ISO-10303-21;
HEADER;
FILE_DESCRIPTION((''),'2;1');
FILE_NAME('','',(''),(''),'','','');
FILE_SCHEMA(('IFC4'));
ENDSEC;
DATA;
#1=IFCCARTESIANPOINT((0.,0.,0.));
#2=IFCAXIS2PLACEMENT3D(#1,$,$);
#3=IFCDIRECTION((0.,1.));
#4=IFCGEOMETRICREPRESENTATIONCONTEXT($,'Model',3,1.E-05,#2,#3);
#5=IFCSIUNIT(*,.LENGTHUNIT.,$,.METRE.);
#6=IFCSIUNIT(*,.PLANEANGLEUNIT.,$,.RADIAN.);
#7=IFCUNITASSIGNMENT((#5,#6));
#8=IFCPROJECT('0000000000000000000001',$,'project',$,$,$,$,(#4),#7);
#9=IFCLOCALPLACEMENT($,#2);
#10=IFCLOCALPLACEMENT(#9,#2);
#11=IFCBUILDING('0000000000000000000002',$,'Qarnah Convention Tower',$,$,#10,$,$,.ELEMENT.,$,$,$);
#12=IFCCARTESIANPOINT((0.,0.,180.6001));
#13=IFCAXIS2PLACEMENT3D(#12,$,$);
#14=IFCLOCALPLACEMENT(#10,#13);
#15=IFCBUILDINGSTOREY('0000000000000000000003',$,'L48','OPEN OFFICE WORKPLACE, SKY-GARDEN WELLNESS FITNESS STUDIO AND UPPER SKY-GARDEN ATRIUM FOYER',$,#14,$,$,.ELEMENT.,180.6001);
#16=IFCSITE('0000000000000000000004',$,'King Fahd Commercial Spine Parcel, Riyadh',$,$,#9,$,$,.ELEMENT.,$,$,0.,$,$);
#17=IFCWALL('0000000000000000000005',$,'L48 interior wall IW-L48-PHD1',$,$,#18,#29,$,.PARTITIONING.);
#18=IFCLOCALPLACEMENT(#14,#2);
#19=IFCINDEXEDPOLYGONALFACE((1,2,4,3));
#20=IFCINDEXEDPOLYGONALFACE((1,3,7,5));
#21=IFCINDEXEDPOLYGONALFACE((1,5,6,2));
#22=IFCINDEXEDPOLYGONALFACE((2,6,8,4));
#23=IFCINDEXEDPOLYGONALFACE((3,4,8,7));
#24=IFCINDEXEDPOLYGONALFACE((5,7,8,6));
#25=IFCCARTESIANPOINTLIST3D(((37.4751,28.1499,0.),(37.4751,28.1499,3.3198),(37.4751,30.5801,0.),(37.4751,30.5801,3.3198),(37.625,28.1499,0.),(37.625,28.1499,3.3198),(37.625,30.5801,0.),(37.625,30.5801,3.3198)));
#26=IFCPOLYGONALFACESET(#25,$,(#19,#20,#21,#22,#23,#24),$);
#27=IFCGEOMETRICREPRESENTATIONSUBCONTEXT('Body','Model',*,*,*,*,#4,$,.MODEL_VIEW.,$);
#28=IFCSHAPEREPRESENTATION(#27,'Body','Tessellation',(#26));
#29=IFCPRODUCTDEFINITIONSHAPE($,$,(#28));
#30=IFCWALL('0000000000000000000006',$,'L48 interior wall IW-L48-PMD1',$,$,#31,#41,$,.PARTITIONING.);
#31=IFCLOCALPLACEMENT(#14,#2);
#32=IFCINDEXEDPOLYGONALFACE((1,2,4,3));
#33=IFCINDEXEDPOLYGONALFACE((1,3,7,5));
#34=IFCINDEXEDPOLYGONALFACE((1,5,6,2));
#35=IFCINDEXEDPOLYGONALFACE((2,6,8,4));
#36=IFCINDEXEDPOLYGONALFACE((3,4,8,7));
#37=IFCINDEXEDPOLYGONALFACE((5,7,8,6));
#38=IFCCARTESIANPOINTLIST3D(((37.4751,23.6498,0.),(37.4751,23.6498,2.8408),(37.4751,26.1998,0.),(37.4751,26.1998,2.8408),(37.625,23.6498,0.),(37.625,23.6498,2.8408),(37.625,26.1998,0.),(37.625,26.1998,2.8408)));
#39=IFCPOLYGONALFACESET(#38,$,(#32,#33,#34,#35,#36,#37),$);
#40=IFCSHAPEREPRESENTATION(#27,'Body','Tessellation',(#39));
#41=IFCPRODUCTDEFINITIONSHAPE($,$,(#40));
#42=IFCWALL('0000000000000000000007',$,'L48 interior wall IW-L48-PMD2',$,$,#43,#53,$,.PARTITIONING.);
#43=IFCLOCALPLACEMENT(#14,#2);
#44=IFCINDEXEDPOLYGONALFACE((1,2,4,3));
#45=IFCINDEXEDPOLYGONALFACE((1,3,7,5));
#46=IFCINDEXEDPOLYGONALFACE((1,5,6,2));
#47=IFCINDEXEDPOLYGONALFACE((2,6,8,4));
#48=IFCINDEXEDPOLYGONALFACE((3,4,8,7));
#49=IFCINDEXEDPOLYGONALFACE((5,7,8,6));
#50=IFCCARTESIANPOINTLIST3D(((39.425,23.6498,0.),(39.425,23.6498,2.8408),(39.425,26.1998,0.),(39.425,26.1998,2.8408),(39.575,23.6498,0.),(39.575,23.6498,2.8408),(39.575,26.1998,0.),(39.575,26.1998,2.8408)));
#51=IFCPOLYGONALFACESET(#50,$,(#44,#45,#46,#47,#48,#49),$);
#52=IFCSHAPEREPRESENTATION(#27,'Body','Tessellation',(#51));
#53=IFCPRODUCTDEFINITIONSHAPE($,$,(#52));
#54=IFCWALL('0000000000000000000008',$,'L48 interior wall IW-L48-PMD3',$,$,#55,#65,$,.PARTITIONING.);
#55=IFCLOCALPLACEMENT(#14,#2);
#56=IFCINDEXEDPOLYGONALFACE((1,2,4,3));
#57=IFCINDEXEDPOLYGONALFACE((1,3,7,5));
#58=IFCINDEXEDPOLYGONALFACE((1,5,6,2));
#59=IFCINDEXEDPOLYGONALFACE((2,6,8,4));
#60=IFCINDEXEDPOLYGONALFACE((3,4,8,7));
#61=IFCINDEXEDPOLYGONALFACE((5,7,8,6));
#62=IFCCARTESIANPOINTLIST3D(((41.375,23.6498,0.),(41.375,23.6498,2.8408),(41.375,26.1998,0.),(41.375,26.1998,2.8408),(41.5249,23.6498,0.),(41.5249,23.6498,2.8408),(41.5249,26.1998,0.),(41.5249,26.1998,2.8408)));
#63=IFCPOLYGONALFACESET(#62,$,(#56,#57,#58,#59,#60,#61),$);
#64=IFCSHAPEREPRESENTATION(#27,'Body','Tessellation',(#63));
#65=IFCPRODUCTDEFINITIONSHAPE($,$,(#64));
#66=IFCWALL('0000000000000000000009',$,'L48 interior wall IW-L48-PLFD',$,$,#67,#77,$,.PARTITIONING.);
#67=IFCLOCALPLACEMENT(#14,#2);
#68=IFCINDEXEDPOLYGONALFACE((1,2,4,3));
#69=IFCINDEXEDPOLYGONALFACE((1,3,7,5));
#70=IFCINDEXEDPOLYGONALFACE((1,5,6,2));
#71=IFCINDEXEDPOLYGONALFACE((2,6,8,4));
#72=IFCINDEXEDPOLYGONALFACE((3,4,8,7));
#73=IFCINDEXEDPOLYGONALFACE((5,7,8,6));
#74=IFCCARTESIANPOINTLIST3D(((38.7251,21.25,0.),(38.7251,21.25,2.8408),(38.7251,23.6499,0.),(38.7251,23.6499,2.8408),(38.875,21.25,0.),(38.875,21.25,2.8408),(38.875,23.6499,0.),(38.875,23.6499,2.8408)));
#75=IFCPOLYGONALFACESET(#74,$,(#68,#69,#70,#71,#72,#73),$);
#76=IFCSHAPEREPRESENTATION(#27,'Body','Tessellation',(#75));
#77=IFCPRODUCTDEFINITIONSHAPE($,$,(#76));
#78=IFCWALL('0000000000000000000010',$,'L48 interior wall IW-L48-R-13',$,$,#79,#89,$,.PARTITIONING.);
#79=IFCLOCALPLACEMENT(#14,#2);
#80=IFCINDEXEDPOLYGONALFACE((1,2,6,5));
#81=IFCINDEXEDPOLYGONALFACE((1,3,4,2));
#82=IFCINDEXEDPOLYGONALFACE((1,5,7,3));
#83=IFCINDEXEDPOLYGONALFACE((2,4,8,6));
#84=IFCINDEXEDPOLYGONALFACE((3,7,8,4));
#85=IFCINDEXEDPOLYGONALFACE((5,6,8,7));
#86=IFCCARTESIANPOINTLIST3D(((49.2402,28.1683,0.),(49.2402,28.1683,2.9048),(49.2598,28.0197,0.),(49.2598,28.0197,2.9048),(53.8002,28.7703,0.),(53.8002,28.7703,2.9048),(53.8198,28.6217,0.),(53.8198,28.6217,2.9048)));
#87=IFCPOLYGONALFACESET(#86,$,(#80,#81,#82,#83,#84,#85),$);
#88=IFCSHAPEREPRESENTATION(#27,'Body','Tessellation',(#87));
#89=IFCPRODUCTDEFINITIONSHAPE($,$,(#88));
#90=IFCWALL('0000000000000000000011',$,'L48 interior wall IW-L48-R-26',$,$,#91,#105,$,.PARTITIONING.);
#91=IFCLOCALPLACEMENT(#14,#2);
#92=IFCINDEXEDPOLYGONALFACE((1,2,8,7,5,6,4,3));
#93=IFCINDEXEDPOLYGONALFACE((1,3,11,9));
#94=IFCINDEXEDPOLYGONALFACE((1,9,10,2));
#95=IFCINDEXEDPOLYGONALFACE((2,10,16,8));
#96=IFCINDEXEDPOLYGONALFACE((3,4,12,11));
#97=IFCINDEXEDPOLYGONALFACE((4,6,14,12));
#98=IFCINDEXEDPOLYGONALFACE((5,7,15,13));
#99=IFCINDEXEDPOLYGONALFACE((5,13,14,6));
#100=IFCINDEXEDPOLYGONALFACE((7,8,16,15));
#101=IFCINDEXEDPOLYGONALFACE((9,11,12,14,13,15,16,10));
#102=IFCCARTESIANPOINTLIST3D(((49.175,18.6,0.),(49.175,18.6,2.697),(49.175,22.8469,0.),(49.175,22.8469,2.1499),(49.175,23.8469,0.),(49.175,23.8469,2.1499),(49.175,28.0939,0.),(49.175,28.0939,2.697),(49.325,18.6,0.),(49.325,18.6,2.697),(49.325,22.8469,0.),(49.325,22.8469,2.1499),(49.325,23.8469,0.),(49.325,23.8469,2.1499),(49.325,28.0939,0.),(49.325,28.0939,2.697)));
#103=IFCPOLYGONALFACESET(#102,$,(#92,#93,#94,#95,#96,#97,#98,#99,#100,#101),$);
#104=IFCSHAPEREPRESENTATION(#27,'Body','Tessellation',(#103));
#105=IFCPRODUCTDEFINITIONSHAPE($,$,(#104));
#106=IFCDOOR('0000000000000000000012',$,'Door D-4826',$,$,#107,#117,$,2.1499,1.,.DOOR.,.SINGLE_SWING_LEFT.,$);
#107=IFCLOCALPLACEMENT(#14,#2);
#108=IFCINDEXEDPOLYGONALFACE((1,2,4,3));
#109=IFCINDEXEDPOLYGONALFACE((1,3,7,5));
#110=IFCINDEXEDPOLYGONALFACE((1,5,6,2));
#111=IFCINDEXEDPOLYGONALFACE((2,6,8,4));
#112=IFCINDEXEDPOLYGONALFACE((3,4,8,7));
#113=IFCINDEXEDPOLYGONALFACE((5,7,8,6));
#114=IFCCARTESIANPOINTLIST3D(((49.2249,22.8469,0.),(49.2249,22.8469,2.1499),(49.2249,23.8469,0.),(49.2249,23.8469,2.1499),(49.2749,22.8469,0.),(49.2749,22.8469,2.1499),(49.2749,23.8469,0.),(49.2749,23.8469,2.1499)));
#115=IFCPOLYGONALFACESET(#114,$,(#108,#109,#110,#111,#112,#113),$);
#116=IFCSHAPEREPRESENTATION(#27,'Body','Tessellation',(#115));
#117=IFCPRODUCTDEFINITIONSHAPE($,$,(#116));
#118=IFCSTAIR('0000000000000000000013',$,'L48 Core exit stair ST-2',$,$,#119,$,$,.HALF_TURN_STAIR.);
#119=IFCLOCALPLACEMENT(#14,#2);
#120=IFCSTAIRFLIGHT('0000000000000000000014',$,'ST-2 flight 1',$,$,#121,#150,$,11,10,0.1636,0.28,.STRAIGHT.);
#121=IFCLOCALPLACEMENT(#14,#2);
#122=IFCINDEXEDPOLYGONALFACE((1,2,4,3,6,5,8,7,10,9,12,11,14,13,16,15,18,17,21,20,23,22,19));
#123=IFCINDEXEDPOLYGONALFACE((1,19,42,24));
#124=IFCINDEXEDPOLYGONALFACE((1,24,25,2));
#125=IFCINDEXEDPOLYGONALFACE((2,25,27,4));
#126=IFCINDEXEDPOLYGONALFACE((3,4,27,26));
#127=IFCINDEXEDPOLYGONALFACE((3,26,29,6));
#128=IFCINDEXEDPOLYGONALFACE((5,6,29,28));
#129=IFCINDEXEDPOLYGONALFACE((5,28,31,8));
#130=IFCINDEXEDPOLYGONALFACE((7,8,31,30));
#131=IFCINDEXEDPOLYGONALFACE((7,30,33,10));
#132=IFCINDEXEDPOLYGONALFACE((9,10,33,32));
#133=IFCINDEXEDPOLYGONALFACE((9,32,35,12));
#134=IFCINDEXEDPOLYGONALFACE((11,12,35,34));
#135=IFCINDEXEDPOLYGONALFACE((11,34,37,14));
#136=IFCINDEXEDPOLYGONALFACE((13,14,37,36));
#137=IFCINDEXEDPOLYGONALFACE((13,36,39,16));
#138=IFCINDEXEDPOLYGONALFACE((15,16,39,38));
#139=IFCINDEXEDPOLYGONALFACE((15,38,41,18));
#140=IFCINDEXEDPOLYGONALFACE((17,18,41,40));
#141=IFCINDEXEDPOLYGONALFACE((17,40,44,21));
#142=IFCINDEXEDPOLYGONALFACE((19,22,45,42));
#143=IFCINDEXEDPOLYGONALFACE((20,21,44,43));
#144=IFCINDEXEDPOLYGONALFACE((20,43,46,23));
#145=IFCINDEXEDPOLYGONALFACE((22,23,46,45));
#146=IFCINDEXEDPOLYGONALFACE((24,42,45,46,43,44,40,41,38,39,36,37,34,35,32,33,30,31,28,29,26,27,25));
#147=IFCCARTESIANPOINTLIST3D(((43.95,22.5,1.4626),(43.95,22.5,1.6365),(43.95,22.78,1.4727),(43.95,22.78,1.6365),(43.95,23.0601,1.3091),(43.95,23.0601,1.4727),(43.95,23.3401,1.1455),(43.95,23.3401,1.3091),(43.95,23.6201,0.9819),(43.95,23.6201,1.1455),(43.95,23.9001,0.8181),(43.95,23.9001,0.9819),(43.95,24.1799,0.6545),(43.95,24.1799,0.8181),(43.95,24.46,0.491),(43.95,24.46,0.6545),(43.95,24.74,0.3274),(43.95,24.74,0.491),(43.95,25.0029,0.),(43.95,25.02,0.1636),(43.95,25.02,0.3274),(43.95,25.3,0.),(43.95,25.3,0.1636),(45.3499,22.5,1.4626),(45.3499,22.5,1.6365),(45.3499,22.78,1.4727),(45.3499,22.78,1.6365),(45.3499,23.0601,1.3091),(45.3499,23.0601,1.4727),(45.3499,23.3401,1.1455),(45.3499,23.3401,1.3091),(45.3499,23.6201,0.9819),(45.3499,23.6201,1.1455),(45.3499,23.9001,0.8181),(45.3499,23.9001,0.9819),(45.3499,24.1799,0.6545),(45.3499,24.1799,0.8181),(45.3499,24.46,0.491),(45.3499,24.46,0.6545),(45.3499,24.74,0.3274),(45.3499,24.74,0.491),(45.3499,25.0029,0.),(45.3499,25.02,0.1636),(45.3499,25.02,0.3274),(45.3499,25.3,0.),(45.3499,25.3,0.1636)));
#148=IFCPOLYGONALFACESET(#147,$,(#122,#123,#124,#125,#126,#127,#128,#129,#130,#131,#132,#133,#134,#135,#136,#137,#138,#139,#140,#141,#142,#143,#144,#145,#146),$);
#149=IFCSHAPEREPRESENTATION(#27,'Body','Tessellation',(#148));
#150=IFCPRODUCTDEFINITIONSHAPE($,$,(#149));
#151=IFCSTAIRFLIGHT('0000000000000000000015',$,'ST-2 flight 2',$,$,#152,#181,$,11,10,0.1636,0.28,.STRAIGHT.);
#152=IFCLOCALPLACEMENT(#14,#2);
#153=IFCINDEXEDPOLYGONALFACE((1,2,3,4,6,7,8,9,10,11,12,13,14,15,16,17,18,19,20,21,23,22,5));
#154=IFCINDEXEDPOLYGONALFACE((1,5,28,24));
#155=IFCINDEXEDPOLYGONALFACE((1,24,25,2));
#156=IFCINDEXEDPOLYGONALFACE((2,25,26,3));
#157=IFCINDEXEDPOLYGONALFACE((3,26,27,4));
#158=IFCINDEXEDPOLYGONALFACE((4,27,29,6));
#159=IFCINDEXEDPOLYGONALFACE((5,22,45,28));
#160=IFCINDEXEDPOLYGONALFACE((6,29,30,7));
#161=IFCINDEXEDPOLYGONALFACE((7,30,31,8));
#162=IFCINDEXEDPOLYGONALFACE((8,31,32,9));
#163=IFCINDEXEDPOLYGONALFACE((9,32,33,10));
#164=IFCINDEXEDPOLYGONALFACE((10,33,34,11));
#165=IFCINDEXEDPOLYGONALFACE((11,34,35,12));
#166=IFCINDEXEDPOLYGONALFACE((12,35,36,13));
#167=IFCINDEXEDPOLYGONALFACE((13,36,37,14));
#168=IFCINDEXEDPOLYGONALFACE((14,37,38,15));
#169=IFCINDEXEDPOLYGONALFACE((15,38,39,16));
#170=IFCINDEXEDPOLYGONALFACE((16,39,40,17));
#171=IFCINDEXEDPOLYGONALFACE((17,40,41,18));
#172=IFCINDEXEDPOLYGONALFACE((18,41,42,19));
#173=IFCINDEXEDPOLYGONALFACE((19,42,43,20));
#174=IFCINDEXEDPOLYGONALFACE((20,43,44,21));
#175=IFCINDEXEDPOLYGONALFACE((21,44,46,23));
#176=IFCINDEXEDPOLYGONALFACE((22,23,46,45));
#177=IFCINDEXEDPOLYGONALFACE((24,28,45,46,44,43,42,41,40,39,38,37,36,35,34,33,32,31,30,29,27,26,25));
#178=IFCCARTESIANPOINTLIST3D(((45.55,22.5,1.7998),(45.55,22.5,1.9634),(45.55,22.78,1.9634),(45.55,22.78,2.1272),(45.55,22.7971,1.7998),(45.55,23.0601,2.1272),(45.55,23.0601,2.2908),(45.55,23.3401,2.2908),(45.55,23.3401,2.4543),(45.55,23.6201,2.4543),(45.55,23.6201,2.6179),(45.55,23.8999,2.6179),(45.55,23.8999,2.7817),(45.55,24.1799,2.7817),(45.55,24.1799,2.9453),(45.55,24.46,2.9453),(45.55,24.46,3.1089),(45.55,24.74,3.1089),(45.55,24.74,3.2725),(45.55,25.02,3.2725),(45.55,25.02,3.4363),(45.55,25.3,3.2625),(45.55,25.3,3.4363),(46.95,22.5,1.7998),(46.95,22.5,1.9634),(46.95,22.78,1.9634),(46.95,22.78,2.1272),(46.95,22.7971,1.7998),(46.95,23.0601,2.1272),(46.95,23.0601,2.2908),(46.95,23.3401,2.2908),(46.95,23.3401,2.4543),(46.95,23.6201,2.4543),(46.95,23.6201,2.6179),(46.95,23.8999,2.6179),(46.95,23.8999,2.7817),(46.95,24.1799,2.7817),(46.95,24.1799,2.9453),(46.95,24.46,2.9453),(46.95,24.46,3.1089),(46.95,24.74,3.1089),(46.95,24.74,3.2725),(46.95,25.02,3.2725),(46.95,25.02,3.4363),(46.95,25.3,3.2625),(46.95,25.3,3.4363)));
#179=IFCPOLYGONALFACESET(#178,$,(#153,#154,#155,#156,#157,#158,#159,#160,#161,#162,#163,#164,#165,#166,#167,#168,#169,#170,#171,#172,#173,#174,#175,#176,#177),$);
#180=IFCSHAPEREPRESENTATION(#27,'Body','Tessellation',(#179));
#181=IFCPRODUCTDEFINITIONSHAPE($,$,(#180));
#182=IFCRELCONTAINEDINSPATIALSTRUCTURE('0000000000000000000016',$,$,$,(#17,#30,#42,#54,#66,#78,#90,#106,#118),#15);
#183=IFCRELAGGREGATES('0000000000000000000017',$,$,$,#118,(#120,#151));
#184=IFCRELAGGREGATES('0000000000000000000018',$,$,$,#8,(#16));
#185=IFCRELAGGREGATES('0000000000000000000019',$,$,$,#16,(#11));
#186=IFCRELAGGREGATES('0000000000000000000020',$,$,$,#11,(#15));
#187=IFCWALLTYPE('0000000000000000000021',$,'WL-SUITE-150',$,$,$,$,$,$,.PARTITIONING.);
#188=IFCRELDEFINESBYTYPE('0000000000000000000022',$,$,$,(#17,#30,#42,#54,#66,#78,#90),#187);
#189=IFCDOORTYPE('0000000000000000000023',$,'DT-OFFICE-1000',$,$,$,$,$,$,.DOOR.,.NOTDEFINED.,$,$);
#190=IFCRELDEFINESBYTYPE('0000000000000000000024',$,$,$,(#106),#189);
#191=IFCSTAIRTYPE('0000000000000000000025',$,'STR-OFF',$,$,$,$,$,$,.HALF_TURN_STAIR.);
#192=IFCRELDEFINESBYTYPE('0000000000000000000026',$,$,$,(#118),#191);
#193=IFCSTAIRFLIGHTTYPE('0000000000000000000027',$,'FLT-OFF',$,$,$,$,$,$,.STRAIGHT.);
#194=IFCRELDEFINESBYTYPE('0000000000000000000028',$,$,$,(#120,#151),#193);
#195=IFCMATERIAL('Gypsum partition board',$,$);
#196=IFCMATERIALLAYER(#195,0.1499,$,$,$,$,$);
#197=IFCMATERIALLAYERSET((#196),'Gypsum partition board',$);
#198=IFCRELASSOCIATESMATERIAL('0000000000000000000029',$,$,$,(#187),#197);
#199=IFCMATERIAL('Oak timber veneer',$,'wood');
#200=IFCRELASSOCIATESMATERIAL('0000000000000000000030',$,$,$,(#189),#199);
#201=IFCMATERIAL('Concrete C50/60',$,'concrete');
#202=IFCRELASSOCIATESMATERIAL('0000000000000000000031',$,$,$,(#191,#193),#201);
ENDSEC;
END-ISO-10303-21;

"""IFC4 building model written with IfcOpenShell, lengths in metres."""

from ifc_helpers import new_model, si_unit, direction, frame, frame_2d, origin, place, context, subcontext, project, spatial, polyline, rectangle, outline, extrude, material, layer, layer_set, type_object, element, fill, aggregate, save


model = new_model("IFC4")

# Units and contexts
model_context = context("Model", 3, precision=1e-05, world=origin(), true_north=direction((0.0, 1.0)))
body_context = subcontext(model_context, "Body", "Model", "MODEL_VIEW")
ifc_project = project(units=[si_unit("LENGTHUNIT", "METRE"), si_unit("PLANEANGLEUNIT", "RADIAN")], contexts=[model_context])

# Site, building, storey
site_placement = place(None, origin())
site = spatial("IfcSite", under=ifc_project, at=site_placement, Name="King Fahd Commercial Spine Parcel, Riyadh", CompositionType="ELEMENT", RefElevation=0.0)
building_placement = place(site_placement, origin())
building = spatial("IfcBuilding", under=site, at=building_placement, Name="Qarnah Convention Tower", CompositionType="ELEMENT")
storey_placement = place(building_placement, frame((0.0, 0.0, 180.6001)))
storey = spatial("IfcBuildingStorey", under=building, at=storey_placement, Name="L48", Description="OPEN OFFICE WORKPLACE, SKY-GARDEN WELLNESS FITNESS STUDIO AND UPPER SKY-GARDEN ATRIUM FOYER", CompositionType="ELEMENT", Elevation=180.6001)

# Shared definitions
ifc_material_1 = material(Name="Concrete C50/60", Category="concrete")

# Walls
ifc_material_2 = material(Name="Gypsum partition board")
ifc_layer_1 = layer(ifc_material_2, 0.1499)
ifc_layer_set_1 = layer_set([ifc_layer_1], Name="Gypsum partition board")
wall_type_1 = type_object("IfcWallType", Name="WL-SUITE-150", PredefinedType="PARTITIONING", material=ifc_layer_set_1)
wall_1_placement = place(storey_placement, frame((37.55, 28.1499, 0.0), z_axis=(0.0, 0.0, 1.0), x_axis=(0.0, 1.0, 0.0)))
element("IfcWall", 1, at=wall_1_placement, inside=storey, type_object=wall_type_1, Name="L48 interior wall IW-L48-PHD1", PredefinedType="PARTITIONING", context=body_context, shape_type="SweptSolid", body=[
    extrude(rectangle(XDim=2.4302, YDim=0.1499, at=frame_2d((1.2151, 0.0))), origin(), (0.0, 0.0, 1.0), 3.3198),
])
for number, where, z_axis, x_axis, name in (
    (2, (37.55, 23.6499, 0.0), (0.0, 0.0, 1.0), (0.0, 1.0, 0.0), "L48 interior wall IW-L48-PMD1"),
    (3, (39.5, 23.6499, 0.0), (0.0, 0.0, 1.0), (0.0, 1.0, 0.0), "L48 interior wall IW-L48-PMD2"),
    (4, (41.45, 23.6499, 0.0), (0.0, 0.0, 1.0), (0.0, 1.0, 0.0), "L48 interior wall IW-L48-PMD3"),
):
    element("IfcWall", number, at=place(storey_placement, frame(where, z_axis=z_axis, x_axis=x_axis)), inside=storey, type_object=wall_type_1, Name=name, PredefinedType="PARTITIONING", context=body_context, shape_type="SweptSolid", body=[
        extrude(rectangle(XDim=2.55, YDim=0.1499, at=frame_2d((1.2749, 0.0))), origin(), (0.0, 0.0, 1.0), 2.8408),
    ])
wall_2_placement = place(storey_placement, frame((38.8, 21.25, 0.0), z_axis=(0.0, 0.0, 1.0), x_axis=(0.0, 1.0, 0.0)))
element("IfcWall", 5, at=wall_2_placement, inside=storey, type_object=wall_type_1, Name="L48 interior wall IW-L48-PLFD", PredefinedType="PARTITIONING", context=body_context, shape_type="SweptSolid", body=[
    extrude(rectangle(XDim=2.3999, YDim=0.1499, at=frame_2d((1.2, 0.0))), origin(), (0.0, 0.0, 1.0), 2.8408),
])
wall_3_placement = place(storey_placement, frame((49.25, 28.094, 0.0), z_axis=(0.0, 0.0, 1.0), x_axis=(0.991397, 0.130891, 0.0)))
element("IfcWall", 6, at=wall_3_placement, inside=storey, type_object=wall_type_1, Name="L48 interior wall IW-L48-R-13", PredefinedType="PARTITIONING", context=body_context, shape_type="SweptSolid", body=[
    extrude(rectangle(XDim=4.5996, YDim=0.1499, at=frame_2d((2.2998, 0.0))), origin(), (0.0, 0.0, 1.0), 2.9048),
])

# Wall, opening, door
wall_4_placement = place(storey_placement, frame((49.25, 28.094, 0.0), z_axis=(0.0, 0.0, 1.0), x_axis=(0.0, -1.0, 0.0)))
wall_4 = element("IfcWall", 7, at=wall_4_placement, inside=storey, type_object=wall_type_1, Name="L48 interior wall IW-L48-R-26", PredefinedType="PARTITIONING", context=body_context, shape_type="SweptSolid", body=[
    extrude(rectangle(XDim=9.4939, YDim=0.1499, at=frame_2d((4.7471, 0.0))), origin(), (0.0, 0.0, 1.0), 2.697),
])
opening_placement = place(wall_4_placement, frame((4.2471, 0.0, 0.0)))
opening = element("IfcOpeningElement", 8, at=opening_placement, cuts=wall_4, PredefinedType="OPENING", context=body_context, shape_type="SweptSolid", body=[
    extrude(rectangle(XDim=1.0, YDim=2.1499, at=frame_2d((0.5, 1.075))), frame((0.0, 0.085, 0.0), z_axis=(0.0, -1.0, 0.0), x_axis=(1.0, 0.0, 0.0)), (0.0, 0.0, 1.0), 0.1699),
])
ifc_material_3 = material(Name="Oak timber veneer", Category="wood")
door_type = type_object("IfcDoorType", Name="DT-OFFICE-1000", OperationType="NOTDEFINED", PredefinedType="DOOR", material=ifc_material_3)
door_placement = place(opening_placement, origin())
door = element("IfcDoor", 9, at=door_placement, inside=storey, type_object=door_type, Name="Door D-4826", OperationType="SINGLE_SWING_LEFT", OverallHeight=2.1499, OverallWidth=1.0, PredefinedType="DOOR", context=body_context, shape_type="SweptSolid", body=[
    extrude(rectangle(XDim=1.0, YDim=2.1499, at=frame_2d((0.5, 1.075))), frame((0.0, 0.0249, 0.0), z_axis=(0.0, -1.0, 0.0), x_axis=(1.0, 0.0, 0.0)), (0.0, 0.0, 1.0), 0.05),
])
fill(opening, door)

# Stair, stair flights
stair_type = type_object("IfcStairType", Name="STR-OFF", PredefinedType="HALF_TURN_STAIR", material=ifc_material_1)
stair_placement = place(storey_placement, origin())
stair = element("IfcStair", 10, at=stair_placement, inside=storey, type_object=stair_type, Name="L48 Core exit stair ST-2", PredefinedType="HALF_TURN_STAIR")
stair_flight_type = type_object("IfcStairFlightType", Name="FLT-OFF", PredefinedType="STRAIGHT", material=ifc_material_1)
stair_flight_1_placement = place(storey_placement, frame((44.6499, 25.3, 0.0), z_axis=(0.0, 0.0, 1.0), x_axis=(0.0, -1.0, 0.0)))
stair_flight_1 = element("IfcStairFlight", 11, at=stair_flight_1_placement, type_object=stair_flight_type, Name="ST-2 flight 1", NumberOfRisers=11, NumberOfTreads=10, PredefinedType="STRAIGHT", RiserHeight=0.1636, TreadLength=0.28, context=body_context, shape_type="SweptSolid", body=[
    extrude(outline(polyline([(0.0, 0.0), (0.0, 0.1636), (0.28, 0.1636), (0.28, 0.3274), (0.5601, 0.3274), (0.5601, 0.491), (0.8401, 0.491), (0.8401, 0.6545), (1.1201, 0.6545), (1.1201, 0.8181), (1.3999, 0.8181), (1.3999, 0.9819), (1.6799, 0.9819), (1.6799, 1.1455), (1.96, 1.1455), (1.96, 1.3091), (2.24, 1.3091), (2.24, 1.4727), (2.52, 1.4727), (2.52, 1.6365), (2.8, 1.6365), (2.8, 1.8), (2.8, 1.4626), (0.2971, 0.0), (0.0, 0.0)])), frame((0.0, 0.7, 0.0), z_axis=(0.0, -1.0, 0.0), x_axis=(1.0, 0.0, 0.0)), (0.0, 0.0, 1.0), 1.3999),
])
stair_flight_2_placement = place(storey_placement, frame((46.25, 22.5, 1.7998), z_axis=(0.0, 0.0, 1.0), x_axis=(0.0, 1.0, 0.0)))
stair_flight_2 = element("IfcStairFlight", 12, at=stair_flight_2_placement, type_object=stair_flight_type, Name="ST-2 flight 2", NumberOfRisers=11, NumberOfTreads=10, PredefinedType="STRAIGHT", RiserHeight=0.1636, TreadLength=0.28, context=body_context, shape_type="SweptSolid", body=[
    extrude(outline(polyline([(0.0, 0.0), (0.0, 0.1636), (0.28, 0.1636), (0.28, 0.3274), (0.5601, 0.3274), (0.5601, 0.491), (0.8401, 0.491), (0.8401, 0.6545), (1.1201, 0.6545), (1.1201, 0.8181), (1.3999, 0.8181), (1.3999, 0.9819), (1.6799, 0.9819), (1.6799, 1.1455), (1.96, 1.1455), (1.96, 1.3091), (2.24, 1.3091), (2.24, 1.4727), (2.52, 1.4727), (2.52, 1.6365), (2.8, 1.6365), (2.8, 1.8), (2.8, 1.4626), (0.2971, 0.0), (0.0, 0.0)])), frame((0.0, 0.7, 0.0), z_axis=(0.0, -1.0, 0.0), x_axis=(1.0, 0.0, 0.0)), (0.0, 0.0, 1.0), 1.3999),
])
aggregate(stair, [stair_flight_1, stair_flight_2])

save(model, "model.ifc")
